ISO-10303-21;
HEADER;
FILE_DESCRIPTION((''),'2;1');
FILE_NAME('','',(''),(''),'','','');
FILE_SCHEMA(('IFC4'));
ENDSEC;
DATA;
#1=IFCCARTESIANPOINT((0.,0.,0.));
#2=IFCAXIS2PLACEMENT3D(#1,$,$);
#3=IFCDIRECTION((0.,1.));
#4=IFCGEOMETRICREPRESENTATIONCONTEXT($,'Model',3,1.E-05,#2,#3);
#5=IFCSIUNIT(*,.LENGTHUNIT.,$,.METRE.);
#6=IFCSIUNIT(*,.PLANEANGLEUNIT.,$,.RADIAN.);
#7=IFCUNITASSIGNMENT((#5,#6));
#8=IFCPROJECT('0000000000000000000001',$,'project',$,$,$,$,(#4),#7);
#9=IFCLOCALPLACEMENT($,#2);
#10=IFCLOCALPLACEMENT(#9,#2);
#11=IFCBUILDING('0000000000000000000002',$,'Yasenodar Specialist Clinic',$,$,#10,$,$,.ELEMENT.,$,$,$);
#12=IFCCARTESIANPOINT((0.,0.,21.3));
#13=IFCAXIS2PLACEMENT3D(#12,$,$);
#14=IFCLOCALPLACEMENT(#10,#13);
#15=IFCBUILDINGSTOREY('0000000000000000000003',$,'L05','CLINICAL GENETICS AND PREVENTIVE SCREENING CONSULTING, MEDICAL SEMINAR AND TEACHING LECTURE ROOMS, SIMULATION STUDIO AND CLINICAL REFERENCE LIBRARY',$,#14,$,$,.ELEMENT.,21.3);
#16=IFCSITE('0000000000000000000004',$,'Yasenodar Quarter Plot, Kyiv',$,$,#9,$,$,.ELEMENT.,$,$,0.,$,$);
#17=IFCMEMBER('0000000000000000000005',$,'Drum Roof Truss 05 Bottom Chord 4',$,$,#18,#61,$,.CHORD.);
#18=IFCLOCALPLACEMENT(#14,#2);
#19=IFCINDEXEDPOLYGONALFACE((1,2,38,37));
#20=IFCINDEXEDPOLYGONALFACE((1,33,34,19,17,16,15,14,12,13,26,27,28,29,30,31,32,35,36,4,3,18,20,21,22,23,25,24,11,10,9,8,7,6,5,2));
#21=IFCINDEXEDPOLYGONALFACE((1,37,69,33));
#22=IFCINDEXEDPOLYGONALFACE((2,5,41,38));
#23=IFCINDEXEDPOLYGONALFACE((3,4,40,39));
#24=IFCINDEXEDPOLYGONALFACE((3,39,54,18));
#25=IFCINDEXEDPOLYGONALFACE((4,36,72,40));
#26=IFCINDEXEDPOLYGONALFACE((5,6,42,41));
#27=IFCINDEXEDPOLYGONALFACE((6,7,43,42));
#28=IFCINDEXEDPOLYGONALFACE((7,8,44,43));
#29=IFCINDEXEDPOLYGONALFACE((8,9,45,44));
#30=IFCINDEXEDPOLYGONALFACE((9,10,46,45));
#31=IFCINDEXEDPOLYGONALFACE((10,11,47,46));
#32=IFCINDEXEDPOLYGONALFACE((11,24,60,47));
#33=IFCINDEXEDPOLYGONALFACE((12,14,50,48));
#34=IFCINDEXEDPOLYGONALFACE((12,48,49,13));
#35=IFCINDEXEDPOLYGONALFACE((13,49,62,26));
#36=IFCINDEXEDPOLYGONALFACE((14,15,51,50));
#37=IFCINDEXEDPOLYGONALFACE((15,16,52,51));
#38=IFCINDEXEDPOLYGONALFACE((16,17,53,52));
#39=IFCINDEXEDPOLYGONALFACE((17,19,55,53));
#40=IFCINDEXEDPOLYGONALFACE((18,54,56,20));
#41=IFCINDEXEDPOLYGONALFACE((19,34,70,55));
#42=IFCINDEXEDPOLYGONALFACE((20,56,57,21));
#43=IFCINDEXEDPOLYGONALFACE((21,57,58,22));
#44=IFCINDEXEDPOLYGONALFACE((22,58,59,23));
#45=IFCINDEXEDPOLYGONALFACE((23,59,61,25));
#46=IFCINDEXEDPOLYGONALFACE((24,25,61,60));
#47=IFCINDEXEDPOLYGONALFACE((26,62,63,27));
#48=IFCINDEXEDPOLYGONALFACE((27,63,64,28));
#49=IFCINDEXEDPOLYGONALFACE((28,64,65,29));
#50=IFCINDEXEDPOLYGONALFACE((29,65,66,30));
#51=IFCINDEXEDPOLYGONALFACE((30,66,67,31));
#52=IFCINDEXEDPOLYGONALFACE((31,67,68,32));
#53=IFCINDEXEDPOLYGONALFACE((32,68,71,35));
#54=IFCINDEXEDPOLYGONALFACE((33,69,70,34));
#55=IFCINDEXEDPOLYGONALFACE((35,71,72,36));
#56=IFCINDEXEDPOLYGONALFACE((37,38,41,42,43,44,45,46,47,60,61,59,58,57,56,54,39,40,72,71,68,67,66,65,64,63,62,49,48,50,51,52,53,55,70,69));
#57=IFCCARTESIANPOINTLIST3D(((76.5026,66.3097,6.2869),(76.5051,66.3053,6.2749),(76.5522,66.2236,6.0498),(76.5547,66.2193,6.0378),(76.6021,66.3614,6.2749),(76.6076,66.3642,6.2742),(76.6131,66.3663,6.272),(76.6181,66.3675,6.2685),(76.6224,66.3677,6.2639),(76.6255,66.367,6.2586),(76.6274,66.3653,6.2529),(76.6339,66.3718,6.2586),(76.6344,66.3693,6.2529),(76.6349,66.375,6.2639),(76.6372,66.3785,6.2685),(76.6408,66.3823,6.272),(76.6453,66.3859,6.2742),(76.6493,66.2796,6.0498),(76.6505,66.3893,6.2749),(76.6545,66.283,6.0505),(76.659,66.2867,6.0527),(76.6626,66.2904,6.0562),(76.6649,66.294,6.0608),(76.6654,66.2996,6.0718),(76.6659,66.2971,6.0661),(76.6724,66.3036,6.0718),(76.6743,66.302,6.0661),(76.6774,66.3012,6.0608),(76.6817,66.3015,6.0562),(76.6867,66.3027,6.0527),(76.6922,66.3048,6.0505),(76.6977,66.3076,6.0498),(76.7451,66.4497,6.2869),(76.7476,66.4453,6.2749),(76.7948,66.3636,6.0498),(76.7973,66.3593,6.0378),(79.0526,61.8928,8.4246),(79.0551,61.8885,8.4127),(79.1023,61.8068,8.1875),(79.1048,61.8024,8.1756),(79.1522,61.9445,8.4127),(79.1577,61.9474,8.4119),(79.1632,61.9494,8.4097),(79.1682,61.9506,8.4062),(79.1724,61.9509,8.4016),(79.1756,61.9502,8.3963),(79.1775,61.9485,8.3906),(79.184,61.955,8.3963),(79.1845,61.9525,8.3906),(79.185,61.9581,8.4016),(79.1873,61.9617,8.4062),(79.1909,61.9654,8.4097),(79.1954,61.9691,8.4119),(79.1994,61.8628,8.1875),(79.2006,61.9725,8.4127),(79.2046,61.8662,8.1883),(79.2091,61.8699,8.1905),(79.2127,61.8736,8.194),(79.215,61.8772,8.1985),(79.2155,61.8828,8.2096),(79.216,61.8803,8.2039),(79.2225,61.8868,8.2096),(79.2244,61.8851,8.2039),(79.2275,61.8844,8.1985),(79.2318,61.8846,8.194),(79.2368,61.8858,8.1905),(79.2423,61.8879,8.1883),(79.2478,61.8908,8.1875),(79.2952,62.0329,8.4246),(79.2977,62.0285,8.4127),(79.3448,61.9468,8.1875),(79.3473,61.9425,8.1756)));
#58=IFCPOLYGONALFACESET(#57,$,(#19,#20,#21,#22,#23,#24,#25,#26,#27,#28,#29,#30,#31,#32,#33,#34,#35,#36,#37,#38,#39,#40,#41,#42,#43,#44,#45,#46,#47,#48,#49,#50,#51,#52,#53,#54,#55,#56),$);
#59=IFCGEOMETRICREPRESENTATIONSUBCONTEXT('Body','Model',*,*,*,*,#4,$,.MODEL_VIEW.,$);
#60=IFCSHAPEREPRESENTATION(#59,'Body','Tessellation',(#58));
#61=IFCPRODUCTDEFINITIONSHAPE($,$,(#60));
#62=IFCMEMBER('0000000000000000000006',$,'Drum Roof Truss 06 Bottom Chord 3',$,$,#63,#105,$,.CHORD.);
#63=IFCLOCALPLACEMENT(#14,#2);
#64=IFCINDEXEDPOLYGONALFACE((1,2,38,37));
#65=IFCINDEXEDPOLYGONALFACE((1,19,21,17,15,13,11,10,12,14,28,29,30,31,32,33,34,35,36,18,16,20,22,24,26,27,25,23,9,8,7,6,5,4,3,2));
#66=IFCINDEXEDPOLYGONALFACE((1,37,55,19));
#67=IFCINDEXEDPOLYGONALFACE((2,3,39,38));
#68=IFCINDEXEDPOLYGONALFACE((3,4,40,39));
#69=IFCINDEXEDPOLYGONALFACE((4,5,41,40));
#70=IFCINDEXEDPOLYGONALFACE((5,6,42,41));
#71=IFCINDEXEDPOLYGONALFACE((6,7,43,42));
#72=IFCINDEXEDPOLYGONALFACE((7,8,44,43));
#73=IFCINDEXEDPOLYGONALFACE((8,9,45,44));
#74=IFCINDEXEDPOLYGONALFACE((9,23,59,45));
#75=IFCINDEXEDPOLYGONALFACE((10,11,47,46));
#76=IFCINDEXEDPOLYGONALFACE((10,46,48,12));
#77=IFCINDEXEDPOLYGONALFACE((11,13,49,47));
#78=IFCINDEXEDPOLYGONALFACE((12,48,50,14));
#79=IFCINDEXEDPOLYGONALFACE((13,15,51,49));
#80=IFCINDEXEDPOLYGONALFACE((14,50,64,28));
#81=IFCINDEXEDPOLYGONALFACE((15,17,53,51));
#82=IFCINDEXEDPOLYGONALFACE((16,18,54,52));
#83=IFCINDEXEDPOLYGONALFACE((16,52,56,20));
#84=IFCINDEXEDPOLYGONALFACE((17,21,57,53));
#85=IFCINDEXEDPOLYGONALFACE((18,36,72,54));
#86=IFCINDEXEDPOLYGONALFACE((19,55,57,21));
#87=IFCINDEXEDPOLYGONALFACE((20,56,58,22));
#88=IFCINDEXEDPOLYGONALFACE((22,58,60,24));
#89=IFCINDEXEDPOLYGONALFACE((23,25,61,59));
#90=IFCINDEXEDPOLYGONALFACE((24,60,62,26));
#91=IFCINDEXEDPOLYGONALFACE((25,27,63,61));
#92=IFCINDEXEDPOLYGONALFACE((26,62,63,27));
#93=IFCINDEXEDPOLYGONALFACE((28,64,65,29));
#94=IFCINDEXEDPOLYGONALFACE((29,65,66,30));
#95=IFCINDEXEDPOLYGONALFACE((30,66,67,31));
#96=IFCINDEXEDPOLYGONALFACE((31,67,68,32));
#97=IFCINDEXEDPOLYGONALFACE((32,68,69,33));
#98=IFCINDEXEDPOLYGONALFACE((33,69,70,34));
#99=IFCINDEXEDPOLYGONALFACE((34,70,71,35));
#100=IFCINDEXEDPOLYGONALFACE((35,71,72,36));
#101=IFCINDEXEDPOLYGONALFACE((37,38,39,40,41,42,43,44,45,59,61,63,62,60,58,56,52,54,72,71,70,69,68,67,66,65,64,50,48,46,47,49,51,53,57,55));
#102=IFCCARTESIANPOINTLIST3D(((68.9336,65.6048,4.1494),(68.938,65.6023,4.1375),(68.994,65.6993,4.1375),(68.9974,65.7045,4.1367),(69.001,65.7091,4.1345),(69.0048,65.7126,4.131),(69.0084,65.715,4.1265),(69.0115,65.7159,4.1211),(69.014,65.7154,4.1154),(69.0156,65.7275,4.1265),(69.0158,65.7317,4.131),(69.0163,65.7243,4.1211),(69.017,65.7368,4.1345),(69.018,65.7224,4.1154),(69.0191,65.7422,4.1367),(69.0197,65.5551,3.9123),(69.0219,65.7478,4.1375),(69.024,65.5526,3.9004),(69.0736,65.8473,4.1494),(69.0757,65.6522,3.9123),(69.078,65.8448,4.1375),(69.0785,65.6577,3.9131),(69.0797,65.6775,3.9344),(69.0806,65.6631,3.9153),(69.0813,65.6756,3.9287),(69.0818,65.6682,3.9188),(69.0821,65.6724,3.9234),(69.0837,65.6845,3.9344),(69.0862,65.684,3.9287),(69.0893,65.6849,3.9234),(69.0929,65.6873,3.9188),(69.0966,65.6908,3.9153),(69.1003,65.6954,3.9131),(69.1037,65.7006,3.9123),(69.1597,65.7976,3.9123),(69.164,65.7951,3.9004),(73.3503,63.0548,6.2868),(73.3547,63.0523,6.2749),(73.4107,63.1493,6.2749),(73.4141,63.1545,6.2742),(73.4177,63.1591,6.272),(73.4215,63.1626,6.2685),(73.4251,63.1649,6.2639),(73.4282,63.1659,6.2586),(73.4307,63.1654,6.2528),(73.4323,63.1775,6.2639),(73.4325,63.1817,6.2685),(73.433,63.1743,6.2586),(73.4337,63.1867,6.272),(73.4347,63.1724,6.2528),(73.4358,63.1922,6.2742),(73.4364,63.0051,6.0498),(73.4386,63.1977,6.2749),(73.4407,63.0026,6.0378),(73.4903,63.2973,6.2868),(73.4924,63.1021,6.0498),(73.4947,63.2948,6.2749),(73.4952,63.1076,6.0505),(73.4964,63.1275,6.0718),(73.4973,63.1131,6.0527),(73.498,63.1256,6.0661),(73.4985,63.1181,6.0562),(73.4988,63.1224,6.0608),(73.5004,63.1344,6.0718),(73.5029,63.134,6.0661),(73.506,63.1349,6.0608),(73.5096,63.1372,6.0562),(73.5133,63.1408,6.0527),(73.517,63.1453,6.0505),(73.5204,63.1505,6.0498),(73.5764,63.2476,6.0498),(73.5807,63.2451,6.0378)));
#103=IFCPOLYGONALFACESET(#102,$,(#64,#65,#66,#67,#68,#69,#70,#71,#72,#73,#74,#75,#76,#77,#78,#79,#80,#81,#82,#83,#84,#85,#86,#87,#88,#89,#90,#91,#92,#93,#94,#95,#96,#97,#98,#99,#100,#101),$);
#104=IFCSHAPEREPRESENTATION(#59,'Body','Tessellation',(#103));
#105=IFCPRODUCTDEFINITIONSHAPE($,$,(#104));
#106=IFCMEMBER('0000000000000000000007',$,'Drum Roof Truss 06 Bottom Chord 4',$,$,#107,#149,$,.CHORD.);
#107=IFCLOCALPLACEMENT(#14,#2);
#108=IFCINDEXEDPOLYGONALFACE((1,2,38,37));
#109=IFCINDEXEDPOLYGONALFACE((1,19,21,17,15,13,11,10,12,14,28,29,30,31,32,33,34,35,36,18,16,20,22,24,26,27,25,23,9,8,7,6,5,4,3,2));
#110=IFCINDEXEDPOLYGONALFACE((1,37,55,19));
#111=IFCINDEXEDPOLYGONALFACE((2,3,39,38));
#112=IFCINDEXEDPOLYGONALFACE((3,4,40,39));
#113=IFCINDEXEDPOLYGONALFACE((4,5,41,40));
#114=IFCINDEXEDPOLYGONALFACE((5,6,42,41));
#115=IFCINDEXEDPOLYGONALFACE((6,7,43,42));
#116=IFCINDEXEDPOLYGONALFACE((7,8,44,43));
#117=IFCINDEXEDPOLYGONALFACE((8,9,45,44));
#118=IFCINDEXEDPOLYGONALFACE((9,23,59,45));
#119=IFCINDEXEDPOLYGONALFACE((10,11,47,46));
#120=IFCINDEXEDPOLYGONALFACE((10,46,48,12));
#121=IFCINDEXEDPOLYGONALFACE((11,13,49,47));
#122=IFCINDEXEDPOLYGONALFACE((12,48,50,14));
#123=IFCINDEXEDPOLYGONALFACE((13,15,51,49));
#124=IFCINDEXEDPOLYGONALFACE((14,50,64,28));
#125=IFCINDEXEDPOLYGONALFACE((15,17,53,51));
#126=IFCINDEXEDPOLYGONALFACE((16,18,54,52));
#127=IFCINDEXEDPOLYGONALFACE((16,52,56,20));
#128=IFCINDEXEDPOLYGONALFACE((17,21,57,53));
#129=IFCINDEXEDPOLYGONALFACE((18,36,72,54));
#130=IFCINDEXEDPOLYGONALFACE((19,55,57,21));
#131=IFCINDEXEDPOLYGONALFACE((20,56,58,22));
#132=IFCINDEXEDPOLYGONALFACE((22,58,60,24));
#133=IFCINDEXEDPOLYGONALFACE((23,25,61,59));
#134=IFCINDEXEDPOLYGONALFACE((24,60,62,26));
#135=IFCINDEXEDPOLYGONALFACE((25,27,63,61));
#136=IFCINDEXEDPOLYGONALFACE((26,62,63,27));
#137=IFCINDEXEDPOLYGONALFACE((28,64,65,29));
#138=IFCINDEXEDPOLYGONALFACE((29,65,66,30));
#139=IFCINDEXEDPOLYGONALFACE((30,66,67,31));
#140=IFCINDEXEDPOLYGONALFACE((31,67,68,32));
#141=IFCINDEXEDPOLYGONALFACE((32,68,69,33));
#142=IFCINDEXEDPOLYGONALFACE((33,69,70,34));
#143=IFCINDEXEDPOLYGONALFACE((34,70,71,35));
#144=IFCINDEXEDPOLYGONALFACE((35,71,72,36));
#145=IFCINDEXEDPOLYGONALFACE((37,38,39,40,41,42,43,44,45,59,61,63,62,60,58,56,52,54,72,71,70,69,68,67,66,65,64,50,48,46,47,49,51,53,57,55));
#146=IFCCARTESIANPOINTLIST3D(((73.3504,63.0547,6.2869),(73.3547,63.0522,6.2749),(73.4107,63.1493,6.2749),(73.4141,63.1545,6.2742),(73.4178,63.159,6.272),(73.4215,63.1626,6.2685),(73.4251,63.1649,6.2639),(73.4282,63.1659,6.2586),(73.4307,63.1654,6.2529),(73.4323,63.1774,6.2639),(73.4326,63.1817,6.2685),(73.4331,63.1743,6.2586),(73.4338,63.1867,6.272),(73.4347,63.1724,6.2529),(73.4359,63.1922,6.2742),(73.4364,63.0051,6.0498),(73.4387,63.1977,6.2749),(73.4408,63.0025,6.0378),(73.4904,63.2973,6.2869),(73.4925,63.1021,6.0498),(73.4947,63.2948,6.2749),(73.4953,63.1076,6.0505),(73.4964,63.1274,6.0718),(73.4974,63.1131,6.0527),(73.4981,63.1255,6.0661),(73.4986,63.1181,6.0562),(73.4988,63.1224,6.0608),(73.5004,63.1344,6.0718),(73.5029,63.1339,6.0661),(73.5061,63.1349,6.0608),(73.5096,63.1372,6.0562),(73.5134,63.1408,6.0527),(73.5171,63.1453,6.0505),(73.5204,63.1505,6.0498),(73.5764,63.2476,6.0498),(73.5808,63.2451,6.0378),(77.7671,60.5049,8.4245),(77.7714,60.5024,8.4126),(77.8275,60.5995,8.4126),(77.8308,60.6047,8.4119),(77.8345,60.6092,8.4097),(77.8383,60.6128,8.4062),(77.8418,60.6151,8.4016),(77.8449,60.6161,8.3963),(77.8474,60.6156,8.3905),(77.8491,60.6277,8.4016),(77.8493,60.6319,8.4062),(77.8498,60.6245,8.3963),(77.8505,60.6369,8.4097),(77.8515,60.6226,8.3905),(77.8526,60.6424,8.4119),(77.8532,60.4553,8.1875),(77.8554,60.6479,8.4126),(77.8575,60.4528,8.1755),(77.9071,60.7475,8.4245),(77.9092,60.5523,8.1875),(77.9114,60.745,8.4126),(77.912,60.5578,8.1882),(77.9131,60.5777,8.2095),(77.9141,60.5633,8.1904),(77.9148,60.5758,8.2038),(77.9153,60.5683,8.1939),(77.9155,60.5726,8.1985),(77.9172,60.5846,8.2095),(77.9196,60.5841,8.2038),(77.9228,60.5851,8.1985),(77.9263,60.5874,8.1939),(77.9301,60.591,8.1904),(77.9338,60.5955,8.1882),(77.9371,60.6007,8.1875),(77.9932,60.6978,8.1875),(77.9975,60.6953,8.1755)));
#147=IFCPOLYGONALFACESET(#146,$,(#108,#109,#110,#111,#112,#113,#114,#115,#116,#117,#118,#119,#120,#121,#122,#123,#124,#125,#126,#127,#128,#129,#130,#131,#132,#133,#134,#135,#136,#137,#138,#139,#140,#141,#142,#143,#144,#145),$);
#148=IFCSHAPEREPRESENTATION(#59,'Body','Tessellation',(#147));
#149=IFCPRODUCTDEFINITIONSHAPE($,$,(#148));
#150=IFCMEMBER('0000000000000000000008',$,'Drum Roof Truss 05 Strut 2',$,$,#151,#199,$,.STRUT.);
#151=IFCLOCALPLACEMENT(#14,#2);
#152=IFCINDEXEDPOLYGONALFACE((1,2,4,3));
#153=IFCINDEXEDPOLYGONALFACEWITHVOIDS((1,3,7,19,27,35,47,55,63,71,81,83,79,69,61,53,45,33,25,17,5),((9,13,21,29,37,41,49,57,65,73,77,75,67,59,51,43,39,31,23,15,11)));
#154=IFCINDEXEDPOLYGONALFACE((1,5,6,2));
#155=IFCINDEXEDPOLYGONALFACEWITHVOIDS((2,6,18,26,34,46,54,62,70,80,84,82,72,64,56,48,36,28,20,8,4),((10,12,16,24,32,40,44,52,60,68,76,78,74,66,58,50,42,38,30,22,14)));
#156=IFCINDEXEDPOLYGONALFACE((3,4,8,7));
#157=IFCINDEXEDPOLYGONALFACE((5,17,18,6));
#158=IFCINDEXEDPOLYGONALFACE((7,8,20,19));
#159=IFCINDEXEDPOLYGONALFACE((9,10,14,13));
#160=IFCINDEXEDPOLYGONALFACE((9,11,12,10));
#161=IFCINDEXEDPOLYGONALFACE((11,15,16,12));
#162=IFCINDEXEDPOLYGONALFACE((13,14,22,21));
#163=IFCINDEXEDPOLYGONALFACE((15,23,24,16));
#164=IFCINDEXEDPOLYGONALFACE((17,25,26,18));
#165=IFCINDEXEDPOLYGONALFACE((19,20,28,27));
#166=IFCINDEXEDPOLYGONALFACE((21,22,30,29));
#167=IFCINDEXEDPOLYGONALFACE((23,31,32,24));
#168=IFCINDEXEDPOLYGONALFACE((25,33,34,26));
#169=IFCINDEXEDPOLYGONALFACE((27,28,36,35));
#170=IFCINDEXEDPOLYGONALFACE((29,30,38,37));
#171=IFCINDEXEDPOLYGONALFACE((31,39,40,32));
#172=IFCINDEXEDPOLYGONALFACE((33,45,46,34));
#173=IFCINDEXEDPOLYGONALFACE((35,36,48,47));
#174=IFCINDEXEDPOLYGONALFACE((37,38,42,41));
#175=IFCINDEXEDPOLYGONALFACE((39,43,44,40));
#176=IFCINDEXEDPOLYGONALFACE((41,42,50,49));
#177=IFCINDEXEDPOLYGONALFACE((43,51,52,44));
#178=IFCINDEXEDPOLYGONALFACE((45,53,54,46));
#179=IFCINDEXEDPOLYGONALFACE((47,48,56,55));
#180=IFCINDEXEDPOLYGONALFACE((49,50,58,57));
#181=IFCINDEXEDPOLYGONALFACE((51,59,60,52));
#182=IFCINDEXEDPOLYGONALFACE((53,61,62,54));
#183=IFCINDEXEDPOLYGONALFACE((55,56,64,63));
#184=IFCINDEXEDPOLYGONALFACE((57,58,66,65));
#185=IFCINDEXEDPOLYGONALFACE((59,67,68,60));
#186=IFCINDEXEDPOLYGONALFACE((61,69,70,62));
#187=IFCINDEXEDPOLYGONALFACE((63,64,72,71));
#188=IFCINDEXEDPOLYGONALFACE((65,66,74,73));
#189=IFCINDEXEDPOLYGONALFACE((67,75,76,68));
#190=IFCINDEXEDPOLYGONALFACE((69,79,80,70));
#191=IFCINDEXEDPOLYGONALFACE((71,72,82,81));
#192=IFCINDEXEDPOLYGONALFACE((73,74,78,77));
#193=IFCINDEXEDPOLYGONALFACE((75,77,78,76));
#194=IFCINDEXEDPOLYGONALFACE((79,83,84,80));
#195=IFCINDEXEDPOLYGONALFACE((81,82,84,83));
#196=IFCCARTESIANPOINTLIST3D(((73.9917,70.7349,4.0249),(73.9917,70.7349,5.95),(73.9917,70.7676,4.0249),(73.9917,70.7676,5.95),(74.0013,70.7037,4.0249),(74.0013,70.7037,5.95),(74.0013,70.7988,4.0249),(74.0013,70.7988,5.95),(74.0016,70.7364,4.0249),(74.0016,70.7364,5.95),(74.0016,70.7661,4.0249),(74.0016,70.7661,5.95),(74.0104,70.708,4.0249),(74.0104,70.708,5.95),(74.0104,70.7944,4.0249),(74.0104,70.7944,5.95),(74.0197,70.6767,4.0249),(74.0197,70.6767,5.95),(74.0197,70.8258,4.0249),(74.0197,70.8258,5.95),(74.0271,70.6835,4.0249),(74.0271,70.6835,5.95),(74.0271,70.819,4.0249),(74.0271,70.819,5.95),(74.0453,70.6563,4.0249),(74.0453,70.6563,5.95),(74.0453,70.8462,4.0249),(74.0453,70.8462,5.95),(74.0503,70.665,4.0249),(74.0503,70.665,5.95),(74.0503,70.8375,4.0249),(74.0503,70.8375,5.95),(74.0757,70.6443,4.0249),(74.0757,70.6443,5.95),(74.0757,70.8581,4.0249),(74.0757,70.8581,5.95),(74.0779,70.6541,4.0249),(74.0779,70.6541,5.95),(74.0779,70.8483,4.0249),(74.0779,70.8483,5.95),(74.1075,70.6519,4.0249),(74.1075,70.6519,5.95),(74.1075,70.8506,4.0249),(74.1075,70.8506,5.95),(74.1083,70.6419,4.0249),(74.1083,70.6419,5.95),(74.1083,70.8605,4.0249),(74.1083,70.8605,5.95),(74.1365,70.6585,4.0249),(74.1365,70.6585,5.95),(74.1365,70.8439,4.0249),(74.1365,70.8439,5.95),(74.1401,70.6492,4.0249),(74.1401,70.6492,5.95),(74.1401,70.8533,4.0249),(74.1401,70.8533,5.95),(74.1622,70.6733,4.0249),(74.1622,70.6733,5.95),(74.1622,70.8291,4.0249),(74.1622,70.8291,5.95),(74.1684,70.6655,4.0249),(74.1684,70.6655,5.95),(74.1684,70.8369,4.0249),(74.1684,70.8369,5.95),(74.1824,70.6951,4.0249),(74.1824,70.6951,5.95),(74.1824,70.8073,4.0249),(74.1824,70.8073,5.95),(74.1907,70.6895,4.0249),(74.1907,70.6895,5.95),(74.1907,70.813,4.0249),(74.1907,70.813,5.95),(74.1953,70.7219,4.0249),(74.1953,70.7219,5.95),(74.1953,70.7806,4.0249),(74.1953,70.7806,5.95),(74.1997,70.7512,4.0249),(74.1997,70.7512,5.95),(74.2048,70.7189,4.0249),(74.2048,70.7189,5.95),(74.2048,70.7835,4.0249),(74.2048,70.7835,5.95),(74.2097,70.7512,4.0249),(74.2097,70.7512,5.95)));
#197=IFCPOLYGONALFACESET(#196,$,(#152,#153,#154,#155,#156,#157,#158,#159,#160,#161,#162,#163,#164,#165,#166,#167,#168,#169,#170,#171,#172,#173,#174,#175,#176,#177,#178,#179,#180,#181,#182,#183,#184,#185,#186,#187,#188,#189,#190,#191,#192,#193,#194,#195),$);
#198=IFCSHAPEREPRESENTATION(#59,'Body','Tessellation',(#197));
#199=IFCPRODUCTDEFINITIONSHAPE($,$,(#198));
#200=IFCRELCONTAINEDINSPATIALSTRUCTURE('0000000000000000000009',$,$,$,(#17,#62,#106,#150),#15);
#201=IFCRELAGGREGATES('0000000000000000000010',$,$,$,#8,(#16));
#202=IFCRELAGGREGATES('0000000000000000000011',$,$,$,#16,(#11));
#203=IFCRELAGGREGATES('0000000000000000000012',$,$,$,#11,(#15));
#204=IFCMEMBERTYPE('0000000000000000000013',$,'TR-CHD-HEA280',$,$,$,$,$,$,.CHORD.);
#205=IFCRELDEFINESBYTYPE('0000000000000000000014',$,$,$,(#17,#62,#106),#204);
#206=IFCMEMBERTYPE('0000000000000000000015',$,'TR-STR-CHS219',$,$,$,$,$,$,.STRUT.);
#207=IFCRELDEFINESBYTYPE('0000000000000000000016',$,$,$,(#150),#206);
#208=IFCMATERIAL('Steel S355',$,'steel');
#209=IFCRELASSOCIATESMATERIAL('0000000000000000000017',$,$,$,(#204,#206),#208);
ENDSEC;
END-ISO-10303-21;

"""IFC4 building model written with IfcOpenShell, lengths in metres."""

from ifc_helpers import new_model, si_unit, direction, frame, origin, origin_2d, place, context, subcontext, project, spatial, hollow_circle, i_section, extrude, material, material_profile, profile_set, type_object, element, save


model = new_model("IFC4")

# Units and contexts
model_context = context("Model", 3, precision=1e-05, world=origin(), true_north=direction((0.0, 1.0)))
body_context = subcontext(model_context, "Body", "Model", "MODEL_VIEW")
ifc_project = project(units=[si_unit("LENGTHUNIT", "METRE"), si_unit("PLANEANGLEUNIT", "RADIAN")], contexts=[model_context])

# Site, building, storey
site_placement = place(None, origin())
site = spatial("IfcSite", under=ifc_project, at=site_placement, Name="Yasenodar Quarter Plot, Kyiv", CompositionType="ELEMENT", RefElevation=0.0)
building_placement = place(site_placement, origin())
building = spatial("IfcBuilding", under=site, at=building_placement, Name="Yasenodar Specialist Clinic", CompositionType="ELEMENT")
storey_placement = place(building_placement, frame((0.0, 0.0, 21.3)))
storey = spatial("IfcBuildingStorey", under=building, at=storey_placement, Name="L05", Description="CLINICAL GENETICS AND PREVENTIVE SCREENING CONSULTING, MEDICAL SEMINAR AND TEACHING LECTURE ROOMS, SIMULATION STUDIO AND CLINICAL REFERENCE LIBRARY", CompositionType="ELEMENT", Elevation=21.3)

# Shared definitions
ifc_material = material(Name="Steel S355", Category="steel")

# Members
ifc_material_profile_1 = material_profile(ifc_material, i_section(OverallWidth=0.28, OverallDepth=0.27, WebThickness=0.0081, FlangeThickness=0.0129, FilletRadius=0.0239, at=origin_2d()), Name="HEA 280")
ifc_profile_set_1 = profile_set([ifc_material_profile_1], Name="Steel S355")
member_type_1 = type_object("IfcMemberType", Name="TR-CHD-HEA280", PredefinedType="CHORD", material=ifc_profile_set_1)
member_1_placement = place(storey_placement, frame((76.6499, 66.3345, 6.1624), z_axis=(0.461136, -0.798698, 0.386568), x_axis=(0.866022, 0.500006, 0.0)))
element("IfcMember", 1, at=member_1_placement, inside=storey, type_object=member_type_1, Name="Drum Roof Truss 05 Bottom Chord 4", PredefinedType="CHORD", context=body_context, shape_type="SweptSolid", body=[
    extrude(i_section(OverallWidth=0.28, OverallDepth=0.27, WebThickness=0.0081, FlangeThickness=0.0129, FilletRadius=0.0239, at=origin_2d()), origin(), (0.0, 0.0, 1.0), 5.53),
])
for number, where, z_axis, x_axis, name in (
    (2, (69.0488, 65.7, 4.0249), (0.798712, -0.461143, 0.386531), (0.500006, 0.866022, 0.0), "Drum Roof Truss 06 Bottom Chord 3"),
    (3, (73.4656, 63.1499, 6.1624), (0.798715, -0.461101, 0.386576), (0.49997, 0.866043, 0.0), "Drum Roof Truss 06 Bottom Chord 4"),
):
    element("IfcMember", number, at=place(storey_placement, frame(where, z_axis=z_axis, x_axis=x_axis)), inside=storey, type_object=member_type_1, Name=name, PredefinedType="CHORD", context=body_context, shape_type="SweptSolid", body=[
        extrude(i_section(OverallWidth=0.28, OverallDepth=0.27, WebThickness=0.0081, FlangeThickness=0.0129, FilletRadius=0.0239, at=origin_2d()), origin(), (0.0, 0.0, 1.0), 5.5298),
    ])
ifc_material_profile_2 = material_profile(ifc_material, hollow_circle(Radius=0.1096, WallThickness=0.01, at=origin_2d()), Name="CHS 219.1x10")
ifc_profile_set_2 = profile_set([ifc_material_profile_2], Name="Steel S355")
member_type_2 = type_object("IfcMemberType", Name="TR-STR-CHS219", PredefinedType="STRUT", material=ifc_profile_set_2)
for number, where, z_axis, x_axis, name in (
    (4, (74.1001, 70.7512, 4.0249), (0.0, 0.0, 1.0), (1.0, 0.0, 0.0), "Drum Roof Truss 05 Strut 2"),
):
    element("IfcMember", number, at=place(storey_placement, frame(where, z_axis=z_axis, x_axis=x_axis)), inside=storey, type_object=member_type_2, Name=name, PredefinedType="STRUT", context=body_context, shape_type="SweptSolid", body=[
        extrude(hollow_circle(Radius=0.1096, WallThickness=0.01, at=origin_2d()), origin(), (0.0, 0.0, 1.0), 1.925),
    ])

save(model, "model.ifc")
